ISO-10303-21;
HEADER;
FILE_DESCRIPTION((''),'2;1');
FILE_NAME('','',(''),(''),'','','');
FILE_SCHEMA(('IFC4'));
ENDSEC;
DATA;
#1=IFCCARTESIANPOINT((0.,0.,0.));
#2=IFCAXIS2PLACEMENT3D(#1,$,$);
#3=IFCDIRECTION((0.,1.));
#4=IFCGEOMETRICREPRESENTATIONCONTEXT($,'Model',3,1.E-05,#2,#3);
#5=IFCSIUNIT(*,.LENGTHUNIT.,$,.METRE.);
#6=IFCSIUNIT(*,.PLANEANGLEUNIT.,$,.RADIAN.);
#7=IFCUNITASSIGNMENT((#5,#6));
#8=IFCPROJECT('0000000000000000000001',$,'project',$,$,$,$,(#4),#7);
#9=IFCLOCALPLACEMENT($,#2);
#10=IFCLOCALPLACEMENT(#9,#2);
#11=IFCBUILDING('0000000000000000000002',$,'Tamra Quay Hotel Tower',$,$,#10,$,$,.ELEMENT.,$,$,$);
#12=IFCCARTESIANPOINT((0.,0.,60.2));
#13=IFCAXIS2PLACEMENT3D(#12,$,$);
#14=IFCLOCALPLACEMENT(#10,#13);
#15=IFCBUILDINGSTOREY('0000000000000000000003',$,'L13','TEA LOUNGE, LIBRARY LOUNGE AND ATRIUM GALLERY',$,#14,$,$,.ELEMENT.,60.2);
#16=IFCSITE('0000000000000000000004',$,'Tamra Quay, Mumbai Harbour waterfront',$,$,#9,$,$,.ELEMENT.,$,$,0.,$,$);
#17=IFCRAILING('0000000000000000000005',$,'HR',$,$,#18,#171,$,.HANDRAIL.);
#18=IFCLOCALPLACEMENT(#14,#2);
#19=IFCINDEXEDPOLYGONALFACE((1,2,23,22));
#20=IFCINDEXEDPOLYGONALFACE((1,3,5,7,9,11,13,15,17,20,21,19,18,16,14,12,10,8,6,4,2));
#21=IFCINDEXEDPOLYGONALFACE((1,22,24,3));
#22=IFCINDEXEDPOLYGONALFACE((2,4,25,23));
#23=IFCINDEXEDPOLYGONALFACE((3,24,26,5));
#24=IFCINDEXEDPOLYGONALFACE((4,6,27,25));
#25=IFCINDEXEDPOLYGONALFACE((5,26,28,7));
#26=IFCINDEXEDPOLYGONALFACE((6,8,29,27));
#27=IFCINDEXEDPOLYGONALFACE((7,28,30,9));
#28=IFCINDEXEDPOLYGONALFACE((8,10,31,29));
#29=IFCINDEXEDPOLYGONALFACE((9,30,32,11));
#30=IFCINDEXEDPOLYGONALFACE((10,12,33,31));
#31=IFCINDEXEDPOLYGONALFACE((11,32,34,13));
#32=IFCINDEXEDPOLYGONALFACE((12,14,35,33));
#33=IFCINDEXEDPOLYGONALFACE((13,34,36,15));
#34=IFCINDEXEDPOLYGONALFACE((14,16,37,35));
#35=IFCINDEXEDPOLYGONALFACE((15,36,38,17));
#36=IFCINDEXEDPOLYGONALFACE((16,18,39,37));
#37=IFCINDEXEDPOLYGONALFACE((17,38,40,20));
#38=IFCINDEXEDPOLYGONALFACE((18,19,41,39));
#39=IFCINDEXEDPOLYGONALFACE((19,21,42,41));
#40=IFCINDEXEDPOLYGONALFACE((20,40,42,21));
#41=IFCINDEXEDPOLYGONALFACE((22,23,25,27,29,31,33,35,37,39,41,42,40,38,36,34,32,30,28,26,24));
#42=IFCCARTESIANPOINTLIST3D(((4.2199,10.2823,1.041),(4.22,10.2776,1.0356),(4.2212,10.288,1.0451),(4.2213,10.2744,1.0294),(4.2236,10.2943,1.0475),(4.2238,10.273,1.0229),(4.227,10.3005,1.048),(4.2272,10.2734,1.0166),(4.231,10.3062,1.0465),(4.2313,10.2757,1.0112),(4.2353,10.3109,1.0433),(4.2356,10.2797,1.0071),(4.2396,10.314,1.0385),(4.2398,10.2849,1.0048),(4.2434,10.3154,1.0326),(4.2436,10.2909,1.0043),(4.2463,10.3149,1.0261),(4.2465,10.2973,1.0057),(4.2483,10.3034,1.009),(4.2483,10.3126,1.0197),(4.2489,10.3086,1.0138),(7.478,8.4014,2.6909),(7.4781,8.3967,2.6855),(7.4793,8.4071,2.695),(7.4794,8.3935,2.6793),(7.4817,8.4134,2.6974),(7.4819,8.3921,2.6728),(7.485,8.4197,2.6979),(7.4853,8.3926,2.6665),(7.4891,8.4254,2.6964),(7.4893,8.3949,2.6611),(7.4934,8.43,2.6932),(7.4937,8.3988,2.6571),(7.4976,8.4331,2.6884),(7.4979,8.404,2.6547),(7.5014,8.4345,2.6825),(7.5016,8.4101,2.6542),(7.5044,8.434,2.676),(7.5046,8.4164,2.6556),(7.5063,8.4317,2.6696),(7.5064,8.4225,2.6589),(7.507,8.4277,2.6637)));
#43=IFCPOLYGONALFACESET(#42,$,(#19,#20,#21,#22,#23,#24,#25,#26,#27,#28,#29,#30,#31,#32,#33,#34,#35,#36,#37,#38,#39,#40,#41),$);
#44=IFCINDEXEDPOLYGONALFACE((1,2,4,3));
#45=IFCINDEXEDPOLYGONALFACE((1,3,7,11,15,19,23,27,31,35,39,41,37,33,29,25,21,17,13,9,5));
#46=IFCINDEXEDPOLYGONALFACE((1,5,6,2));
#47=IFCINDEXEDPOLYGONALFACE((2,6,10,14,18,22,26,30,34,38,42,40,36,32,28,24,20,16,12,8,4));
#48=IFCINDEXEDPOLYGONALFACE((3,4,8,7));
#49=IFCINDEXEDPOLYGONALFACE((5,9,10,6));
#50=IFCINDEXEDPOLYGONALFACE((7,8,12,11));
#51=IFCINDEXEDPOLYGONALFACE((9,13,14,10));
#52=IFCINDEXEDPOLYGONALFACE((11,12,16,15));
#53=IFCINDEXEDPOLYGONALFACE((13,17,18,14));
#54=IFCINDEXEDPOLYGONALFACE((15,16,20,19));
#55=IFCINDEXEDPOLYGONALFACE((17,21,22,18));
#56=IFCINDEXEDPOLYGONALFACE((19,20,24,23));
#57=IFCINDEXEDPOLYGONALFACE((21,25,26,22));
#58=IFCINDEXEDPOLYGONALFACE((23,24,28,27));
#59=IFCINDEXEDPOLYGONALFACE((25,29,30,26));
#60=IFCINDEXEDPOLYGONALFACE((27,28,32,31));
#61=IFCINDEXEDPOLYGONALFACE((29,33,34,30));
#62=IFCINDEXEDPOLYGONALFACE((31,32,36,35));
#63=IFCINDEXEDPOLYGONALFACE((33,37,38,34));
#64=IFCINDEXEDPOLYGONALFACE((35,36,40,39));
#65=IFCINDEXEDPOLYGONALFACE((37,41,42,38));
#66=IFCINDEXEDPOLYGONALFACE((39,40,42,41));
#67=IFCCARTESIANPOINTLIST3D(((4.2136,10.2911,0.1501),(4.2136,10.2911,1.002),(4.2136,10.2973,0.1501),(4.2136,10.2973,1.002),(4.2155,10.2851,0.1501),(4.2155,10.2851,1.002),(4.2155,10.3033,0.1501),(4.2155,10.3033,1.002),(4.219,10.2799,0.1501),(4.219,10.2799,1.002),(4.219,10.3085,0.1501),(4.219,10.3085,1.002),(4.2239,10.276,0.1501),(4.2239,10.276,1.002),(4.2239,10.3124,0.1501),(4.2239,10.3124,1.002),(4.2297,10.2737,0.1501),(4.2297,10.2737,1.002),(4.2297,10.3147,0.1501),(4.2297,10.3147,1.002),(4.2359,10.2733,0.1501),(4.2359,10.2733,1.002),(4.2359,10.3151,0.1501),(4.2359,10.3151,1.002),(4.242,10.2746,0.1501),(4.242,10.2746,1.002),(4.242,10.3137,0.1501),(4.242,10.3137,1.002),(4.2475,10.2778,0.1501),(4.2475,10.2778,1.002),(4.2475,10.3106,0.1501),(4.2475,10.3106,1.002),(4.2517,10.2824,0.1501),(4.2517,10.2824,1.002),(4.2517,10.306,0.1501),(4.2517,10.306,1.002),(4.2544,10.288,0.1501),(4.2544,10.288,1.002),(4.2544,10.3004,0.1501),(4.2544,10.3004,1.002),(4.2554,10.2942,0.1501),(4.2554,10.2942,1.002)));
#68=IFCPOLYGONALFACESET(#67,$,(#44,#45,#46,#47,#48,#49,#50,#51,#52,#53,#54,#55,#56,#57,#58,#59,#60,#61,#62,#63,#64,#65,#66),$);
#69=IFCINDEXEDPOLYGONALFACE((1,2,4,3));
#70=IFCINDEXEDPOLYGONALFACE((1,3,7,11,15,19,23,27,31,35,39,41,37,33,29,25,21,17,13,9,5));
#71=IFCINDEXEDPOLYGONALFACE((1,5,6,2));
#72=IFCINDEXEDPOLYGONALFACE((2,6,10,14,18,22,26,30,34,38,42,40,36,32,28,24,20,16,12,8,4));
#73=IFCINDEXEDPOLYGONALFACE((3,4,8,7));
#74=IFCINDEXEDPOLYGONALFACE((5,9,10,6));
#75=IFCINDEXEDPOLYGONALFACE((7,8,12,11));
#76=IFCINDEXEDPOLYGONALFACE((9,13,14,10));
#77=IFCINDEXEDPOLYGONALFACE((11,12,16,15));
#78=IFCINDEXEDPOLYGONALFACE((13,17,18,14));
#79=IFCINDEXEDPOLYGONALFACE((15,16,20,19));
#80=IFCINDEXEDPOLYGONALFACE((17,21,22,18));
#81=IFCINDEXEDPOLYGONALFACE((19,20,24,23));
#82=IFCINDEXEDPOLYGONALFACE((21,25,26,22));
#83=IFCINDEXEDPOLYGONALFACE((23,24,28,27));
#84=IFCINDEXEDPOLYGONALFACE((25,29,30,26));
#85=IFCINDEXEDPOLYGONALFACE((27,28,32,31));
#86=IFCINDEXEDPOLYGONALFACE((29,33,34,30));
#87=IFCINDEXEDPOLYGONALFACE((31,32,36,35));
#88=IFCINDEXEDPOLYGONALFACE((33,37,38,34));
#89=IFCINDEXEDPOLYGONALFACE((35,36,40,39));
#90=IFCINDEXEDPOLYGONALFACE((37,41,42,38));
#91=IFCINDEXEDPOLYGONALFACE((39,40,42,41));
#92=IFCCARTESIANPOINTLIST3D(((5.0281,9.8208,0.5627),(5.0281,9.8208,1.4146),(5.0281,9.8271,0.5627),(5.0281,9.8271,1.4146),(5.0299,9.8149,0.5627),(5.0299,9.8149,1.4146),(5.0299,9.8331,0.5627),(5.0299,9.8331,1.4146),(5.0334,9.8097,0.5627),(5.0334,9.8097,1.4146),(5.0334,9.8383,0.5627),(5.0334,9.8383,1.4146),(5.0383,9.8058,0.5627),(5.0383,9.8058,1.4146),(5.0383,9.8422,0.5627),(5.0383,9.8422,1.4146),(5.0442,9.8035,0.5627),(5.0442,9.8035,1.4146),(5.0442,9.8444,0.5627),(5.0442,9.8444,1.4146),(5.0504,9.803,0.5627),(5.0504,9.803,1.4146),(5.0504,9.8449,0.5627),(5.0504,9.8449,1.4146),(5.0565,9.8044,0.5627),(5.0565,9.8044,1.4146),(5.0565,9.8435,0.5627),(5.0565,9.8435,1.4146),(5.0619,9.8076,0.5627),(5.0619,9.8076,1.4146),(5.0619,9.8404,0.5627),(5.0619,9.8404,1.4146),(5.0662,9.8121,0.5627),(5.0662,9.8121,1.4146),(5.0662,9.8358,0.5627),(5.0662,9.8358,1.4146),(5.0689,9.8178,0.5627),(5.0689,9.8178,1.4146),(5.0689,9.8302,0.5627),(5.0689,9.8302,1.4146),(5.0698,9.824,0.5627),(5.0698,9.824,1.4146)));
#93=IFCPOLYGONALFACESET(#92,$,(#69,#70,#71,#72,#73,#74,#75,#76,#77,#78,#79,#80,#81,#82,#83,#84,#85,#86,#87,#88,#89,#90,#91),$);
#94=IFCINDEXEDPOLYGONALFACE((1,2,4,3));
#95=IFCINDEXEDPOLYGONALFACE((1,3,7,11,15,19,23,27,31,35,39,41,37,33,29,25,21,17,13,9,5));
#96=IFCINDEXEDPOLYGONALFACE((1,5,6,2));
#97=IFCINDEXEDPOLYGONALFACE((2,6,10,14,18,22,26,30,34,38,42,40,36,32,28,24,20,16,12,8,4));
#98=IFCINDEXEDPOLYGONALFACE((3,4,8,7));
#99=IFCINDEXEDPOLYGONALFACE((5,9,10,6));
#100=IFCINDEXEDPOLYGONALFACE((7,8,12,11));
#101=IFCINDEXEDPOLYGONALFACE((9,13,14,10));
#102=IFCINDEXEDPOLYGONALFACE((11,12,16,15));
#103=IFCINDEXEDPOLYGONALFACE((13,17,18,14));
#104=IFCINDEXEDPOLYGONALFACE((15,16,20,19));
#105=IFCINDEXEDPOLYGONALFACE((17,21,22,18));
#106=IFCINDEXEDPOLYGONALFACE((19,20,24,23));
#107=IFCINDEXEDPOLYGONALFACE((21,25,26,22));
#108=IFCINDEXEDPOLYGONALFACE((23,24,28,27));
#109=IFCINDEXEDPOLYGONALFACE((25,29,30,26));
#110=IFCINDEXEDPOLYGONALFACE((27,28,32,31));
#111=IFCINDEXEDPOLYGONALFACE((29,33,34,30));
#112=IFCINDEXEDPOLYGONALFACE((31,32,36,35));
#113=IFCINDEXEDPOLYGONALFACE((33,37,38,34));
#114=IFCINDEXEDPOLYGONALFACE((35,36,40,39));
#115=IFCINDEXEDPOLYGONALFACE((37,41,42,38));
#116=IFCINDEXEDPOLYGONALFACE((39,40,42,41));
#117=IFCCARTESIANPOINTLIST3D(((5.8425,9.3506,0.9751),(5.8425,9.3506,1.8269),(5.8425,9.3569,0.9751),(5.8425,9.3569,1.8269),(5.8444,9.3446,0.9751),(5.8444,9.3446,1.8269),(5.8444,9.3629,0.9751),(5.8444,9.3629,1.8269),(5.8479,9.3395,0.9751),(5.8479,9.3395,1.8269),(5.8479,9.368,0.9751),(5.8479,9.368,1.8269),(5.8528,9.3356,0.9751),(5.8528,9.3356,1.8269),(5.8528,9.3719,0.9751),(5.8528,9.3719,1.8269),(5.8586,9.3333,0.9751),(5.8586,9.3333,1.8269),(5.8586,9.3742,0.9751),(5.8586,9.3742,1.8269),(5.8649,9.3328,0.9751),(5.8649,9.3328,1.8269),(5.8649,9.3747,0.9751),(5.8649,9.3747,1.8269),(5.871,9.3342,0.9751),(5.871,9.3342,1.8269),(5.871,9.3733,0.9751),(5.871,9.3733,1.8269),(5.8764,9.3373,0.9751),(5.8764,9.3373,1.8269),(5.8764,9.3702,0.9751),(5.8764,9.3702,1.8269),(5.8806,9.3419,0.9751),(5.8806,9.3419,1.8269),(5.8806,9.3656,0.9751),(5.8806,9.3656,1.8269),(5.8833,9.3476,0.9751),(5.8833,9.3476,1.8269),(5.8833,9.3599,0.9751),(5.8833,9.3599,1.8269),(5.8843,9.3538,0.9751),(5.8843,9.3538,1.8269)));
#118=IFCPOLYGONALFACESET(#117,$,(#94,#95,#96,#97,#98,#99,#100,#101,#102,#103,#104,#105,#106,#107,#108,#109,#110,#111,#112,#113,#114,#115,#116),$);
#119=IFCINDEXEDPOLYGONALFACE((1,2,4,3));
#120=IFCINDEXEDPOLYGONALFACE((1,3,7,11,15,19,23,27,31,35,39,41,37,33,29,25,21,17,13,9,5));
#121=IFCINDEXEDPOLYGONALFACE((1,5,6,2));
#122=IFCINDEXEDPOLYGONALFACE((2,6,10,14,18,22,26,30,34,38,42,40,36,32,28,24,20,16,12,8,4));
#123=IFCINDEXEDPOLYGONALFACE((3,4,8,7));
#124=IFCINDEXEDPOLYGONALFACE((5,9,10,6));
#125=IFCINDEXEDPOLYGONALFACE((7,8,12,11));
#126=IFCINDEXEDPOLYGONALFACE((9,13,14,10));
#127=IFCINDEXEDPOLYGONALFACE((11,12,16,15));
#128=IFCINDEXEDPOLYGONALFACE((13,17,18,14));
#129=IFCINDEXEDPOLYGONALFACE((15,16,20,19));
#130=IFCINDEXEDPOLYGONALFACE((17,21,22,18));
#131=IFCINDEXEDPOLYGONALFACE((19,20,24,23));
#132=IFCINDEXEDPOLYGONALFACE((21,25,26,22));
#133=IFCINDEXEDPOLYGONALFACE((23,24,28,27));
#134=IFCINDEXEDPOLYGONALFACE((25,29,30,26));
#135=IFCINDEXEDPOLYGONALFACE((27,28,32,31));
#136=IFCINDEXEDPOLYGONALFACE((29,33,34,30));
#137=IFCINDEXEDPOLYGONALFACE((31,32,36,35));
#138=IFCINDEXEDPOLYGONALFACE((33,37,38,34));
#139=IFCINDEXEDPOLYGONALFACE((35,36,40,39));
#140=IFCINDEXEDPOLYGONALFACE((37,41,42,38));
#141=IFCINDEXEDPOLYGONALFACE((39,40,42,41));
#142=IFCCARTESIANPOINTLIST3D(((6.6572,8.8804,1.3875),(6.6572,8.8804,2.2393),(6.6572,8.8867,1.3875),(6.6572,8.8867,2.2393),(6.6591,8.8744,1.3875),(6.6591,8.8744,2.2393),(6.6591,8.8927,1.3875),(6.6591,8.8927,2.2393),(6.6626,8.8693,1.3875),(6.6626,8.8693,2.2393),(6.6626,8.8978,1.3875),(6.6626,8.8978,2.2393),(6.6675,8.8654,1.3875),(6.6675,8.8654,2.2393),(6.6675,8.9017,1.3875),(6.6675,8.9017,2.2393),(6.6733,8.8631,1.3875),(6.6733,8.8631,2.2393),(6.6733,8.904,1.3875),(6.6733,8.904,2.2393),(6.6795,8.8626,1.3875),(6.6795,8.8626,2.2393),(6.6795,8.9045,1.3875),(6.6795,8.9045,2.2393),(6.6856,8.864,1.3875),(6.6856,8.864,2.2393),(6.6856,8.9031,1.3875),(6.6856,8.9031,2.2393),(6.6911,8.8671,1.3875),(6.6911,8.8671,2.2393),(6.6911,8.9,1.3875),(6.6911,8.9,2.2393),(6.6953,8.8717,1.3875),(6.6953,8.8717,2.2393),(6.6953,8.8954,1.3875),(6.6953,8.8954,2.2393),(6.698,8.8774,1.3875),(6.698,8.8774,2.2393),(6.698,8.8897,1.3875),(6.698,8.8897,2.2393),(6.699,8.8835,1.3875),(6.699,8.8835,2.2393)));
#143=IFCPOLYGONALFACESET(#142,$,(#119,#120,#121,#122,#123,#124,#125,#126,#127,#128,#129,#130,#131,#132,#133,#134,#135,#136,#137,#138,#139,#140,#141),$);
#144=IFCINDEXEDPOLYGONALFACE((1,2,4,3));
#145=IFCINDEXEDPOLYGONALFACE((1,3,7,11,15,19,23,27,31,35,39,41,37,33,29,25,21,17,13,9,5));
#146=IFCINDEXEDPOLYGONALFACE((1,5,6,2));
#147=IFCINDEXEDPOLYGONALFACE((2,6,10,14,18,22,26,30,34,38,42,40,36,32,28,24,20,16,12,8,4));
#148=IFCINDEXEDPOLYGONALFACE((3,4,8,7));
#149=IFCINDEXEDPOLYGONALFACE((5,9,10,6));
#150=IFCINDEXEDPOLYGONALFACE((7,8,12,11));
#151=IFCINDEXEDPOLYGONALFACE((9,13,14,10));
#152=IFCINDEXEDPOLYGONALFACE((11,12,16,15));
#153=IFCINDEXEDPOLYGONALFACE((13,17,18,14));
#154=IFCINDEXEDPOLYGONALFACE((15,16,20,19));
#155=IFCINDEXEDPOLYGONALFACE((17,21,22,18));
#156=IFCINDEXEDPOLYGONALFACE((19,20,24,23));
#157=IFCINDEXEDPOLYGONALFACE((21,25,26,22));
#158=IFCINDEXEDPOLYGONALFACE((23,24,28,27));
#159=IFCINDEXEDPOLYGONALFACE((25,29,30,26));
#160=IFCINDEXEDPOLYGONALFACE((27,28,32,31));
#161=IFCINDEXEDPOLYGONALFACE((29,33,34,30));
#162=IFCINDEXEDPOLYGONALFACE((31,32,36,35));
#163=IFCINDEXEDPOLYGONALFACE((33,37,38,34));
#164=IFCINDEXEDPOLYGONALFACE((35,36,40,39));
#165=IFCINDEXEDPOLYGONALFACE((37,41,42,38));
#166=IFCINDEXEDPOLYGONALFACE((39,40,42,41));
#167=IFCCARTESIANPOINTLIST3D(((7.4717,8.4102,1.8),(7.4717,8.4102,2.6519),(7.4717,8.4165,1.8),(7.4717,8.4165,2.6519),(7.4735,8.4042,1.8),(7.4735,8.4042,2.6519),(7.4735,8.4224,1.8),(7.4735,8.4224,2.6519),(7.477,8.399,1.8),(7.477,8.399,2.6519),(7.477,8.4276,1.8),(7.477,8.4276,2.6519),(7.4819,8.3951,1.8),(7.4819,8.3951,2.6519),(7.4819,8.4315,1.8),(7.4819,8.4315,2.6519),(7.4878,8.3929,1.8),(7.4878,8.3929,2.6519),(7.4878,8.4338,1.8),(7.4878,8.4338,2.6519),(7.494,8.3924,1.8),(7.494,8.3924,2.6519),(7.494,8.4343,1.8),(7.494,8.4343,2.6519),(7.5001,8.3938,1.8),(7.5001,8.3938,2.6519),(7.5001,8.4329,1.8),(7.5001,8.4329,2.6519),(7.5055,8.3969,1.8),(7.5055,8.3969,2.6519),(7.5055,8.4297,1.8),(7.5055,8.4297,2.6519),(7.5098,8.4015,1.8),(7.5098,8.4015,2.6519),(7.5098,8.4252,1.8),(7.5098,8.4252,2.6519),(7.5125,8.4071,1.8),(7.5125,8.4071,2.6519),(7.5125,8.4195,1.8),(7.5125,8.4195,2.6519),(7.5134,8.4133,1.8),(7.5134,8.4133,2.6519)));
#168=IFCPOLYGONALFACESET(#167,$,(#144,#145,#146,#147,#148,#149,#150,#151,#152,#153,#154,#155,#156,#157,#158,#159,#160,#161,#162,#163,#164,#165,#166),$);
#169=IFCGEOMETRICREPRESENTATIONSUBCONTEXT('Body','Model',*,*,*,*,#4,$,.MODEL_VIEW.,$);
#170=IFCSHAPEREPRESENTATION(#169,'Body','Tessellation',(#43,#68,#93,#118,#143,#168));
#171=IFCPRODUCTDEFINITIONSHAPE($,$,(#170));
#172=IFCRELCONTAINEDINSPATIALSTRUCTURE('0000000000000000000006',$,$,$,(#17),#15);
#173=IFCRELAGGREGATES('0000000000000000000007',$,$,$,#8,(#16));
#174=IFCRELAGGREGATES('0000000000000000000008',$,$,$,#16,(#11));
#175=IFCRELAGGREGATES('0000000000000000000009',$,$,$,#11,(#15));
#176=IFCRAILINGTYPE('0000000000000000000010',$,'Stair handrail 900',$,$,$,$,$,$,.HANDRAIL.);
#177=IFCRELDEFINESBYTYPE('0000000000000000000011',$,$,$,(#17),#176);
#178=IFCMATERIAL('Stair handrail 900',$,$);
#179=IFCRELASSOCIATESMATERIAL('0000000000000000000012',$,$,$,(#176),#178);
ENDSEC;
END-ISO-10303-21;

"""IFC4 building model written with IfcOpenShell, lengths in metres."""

from ifc_helpers import new_model, si_unit, direction, frame, origin, origin_2d, place, context, subcontext, project, spatial, circle, extrude, material, type_object, element, save


model = new_model("IFC4")

# Units and contexts
model_context = context("Model", 3, precision=1e-05, world=origin(), true_north=direction((0.0, 1.0)))
body_context = subcontext(model_context, "Body", "Model", "MODEL_VIEW")
ifc_project = project(units=[si_unit("LENGTHUNIT", "METRE"), si_unit("PLANEANGLEUNIT", "RADIAN")], contexts=[model_context])

# Site, building, storey
site_placement = place(None, origin())
site = spatial("IfcSite", under=ifc_project, at=site_placement, Name="Tamra Quay, Mumbai Harbour waterfront", CompositionType="ELEMENT", RefElevation=0.0)
building_placement = place(site_placement, origin())
building = spatial("IfcBuilding", under=site, at=building_placement, Name="Tamra Quay Hotel Tower", CompositionType="ELEMENT")
storey_placement = place(building_placement, frame((0.0, 0.0, 60.2)))
storey = spatial("IfcBuildingStorey", under=building, at=storey_placement, Name="L13", Description="TEA LOUNGE, LIBRARY LOUNGE AND ATRIUM GALLERY", CompositionType="ELEMENT", Elevation=60.2)

# Railing
ifc_material_1 = material(Name="Stair handrail 900")
railing_type = type_object("IfcRailingType", Name="Stair handrail 900", PredefinedType="HANDRAIL", material=ifc_material_1)
railing_1_placement = place(storey_placement, frame((4.2344, 10.2942, 0.1501)))
element("IfcRailing", 1, at=railing_1_placement, inside=storey, type_object=railing_type, Name="HR", PredefinedType="HANDRAIL", context=body_context, shape_type="SweptSolid", body=[
    extrude(circle(Radius=0.0239, at=origin_2d()), frame((0.0, 0.0, 0.876), z_axis=(0.793122, -0.457865, 0.401642), x_axis=(0.499964, 0.866046, 0.0)), (0.0, 0.0, 1.0), 4.1079),
    extrude(circle(Radius=0.021, at=origin_2d()), origin(), (0.0, 0.0, 1.0), 0.8518),
    extrude(circle(Radius=0.021, at=origin_2d()), frame((0.8145, -0.4702, 0.4126)), (0.0, 0.0, 1.0), 0.8518),
    extrude(circle(Radius=0.021, at=origin_2d()), frame((1.6289, -0.9404, 0.825)), (0.0, 0.0, 1.0), 0.8518),
    extrude(circle(Radius=0.021, at=origin_2d()), frame((2.4436, -1.4106, 1.2373)), (0.0, 0.0, 1.0), 0.8518),
    extrude(circle(Radius=0.021, at=origin_2d()), frame((3.2581, -1.8809, 1.6499)), (0.0, 0.0, 1.0), 0.8518),
])

save(model, "model.ifc")
